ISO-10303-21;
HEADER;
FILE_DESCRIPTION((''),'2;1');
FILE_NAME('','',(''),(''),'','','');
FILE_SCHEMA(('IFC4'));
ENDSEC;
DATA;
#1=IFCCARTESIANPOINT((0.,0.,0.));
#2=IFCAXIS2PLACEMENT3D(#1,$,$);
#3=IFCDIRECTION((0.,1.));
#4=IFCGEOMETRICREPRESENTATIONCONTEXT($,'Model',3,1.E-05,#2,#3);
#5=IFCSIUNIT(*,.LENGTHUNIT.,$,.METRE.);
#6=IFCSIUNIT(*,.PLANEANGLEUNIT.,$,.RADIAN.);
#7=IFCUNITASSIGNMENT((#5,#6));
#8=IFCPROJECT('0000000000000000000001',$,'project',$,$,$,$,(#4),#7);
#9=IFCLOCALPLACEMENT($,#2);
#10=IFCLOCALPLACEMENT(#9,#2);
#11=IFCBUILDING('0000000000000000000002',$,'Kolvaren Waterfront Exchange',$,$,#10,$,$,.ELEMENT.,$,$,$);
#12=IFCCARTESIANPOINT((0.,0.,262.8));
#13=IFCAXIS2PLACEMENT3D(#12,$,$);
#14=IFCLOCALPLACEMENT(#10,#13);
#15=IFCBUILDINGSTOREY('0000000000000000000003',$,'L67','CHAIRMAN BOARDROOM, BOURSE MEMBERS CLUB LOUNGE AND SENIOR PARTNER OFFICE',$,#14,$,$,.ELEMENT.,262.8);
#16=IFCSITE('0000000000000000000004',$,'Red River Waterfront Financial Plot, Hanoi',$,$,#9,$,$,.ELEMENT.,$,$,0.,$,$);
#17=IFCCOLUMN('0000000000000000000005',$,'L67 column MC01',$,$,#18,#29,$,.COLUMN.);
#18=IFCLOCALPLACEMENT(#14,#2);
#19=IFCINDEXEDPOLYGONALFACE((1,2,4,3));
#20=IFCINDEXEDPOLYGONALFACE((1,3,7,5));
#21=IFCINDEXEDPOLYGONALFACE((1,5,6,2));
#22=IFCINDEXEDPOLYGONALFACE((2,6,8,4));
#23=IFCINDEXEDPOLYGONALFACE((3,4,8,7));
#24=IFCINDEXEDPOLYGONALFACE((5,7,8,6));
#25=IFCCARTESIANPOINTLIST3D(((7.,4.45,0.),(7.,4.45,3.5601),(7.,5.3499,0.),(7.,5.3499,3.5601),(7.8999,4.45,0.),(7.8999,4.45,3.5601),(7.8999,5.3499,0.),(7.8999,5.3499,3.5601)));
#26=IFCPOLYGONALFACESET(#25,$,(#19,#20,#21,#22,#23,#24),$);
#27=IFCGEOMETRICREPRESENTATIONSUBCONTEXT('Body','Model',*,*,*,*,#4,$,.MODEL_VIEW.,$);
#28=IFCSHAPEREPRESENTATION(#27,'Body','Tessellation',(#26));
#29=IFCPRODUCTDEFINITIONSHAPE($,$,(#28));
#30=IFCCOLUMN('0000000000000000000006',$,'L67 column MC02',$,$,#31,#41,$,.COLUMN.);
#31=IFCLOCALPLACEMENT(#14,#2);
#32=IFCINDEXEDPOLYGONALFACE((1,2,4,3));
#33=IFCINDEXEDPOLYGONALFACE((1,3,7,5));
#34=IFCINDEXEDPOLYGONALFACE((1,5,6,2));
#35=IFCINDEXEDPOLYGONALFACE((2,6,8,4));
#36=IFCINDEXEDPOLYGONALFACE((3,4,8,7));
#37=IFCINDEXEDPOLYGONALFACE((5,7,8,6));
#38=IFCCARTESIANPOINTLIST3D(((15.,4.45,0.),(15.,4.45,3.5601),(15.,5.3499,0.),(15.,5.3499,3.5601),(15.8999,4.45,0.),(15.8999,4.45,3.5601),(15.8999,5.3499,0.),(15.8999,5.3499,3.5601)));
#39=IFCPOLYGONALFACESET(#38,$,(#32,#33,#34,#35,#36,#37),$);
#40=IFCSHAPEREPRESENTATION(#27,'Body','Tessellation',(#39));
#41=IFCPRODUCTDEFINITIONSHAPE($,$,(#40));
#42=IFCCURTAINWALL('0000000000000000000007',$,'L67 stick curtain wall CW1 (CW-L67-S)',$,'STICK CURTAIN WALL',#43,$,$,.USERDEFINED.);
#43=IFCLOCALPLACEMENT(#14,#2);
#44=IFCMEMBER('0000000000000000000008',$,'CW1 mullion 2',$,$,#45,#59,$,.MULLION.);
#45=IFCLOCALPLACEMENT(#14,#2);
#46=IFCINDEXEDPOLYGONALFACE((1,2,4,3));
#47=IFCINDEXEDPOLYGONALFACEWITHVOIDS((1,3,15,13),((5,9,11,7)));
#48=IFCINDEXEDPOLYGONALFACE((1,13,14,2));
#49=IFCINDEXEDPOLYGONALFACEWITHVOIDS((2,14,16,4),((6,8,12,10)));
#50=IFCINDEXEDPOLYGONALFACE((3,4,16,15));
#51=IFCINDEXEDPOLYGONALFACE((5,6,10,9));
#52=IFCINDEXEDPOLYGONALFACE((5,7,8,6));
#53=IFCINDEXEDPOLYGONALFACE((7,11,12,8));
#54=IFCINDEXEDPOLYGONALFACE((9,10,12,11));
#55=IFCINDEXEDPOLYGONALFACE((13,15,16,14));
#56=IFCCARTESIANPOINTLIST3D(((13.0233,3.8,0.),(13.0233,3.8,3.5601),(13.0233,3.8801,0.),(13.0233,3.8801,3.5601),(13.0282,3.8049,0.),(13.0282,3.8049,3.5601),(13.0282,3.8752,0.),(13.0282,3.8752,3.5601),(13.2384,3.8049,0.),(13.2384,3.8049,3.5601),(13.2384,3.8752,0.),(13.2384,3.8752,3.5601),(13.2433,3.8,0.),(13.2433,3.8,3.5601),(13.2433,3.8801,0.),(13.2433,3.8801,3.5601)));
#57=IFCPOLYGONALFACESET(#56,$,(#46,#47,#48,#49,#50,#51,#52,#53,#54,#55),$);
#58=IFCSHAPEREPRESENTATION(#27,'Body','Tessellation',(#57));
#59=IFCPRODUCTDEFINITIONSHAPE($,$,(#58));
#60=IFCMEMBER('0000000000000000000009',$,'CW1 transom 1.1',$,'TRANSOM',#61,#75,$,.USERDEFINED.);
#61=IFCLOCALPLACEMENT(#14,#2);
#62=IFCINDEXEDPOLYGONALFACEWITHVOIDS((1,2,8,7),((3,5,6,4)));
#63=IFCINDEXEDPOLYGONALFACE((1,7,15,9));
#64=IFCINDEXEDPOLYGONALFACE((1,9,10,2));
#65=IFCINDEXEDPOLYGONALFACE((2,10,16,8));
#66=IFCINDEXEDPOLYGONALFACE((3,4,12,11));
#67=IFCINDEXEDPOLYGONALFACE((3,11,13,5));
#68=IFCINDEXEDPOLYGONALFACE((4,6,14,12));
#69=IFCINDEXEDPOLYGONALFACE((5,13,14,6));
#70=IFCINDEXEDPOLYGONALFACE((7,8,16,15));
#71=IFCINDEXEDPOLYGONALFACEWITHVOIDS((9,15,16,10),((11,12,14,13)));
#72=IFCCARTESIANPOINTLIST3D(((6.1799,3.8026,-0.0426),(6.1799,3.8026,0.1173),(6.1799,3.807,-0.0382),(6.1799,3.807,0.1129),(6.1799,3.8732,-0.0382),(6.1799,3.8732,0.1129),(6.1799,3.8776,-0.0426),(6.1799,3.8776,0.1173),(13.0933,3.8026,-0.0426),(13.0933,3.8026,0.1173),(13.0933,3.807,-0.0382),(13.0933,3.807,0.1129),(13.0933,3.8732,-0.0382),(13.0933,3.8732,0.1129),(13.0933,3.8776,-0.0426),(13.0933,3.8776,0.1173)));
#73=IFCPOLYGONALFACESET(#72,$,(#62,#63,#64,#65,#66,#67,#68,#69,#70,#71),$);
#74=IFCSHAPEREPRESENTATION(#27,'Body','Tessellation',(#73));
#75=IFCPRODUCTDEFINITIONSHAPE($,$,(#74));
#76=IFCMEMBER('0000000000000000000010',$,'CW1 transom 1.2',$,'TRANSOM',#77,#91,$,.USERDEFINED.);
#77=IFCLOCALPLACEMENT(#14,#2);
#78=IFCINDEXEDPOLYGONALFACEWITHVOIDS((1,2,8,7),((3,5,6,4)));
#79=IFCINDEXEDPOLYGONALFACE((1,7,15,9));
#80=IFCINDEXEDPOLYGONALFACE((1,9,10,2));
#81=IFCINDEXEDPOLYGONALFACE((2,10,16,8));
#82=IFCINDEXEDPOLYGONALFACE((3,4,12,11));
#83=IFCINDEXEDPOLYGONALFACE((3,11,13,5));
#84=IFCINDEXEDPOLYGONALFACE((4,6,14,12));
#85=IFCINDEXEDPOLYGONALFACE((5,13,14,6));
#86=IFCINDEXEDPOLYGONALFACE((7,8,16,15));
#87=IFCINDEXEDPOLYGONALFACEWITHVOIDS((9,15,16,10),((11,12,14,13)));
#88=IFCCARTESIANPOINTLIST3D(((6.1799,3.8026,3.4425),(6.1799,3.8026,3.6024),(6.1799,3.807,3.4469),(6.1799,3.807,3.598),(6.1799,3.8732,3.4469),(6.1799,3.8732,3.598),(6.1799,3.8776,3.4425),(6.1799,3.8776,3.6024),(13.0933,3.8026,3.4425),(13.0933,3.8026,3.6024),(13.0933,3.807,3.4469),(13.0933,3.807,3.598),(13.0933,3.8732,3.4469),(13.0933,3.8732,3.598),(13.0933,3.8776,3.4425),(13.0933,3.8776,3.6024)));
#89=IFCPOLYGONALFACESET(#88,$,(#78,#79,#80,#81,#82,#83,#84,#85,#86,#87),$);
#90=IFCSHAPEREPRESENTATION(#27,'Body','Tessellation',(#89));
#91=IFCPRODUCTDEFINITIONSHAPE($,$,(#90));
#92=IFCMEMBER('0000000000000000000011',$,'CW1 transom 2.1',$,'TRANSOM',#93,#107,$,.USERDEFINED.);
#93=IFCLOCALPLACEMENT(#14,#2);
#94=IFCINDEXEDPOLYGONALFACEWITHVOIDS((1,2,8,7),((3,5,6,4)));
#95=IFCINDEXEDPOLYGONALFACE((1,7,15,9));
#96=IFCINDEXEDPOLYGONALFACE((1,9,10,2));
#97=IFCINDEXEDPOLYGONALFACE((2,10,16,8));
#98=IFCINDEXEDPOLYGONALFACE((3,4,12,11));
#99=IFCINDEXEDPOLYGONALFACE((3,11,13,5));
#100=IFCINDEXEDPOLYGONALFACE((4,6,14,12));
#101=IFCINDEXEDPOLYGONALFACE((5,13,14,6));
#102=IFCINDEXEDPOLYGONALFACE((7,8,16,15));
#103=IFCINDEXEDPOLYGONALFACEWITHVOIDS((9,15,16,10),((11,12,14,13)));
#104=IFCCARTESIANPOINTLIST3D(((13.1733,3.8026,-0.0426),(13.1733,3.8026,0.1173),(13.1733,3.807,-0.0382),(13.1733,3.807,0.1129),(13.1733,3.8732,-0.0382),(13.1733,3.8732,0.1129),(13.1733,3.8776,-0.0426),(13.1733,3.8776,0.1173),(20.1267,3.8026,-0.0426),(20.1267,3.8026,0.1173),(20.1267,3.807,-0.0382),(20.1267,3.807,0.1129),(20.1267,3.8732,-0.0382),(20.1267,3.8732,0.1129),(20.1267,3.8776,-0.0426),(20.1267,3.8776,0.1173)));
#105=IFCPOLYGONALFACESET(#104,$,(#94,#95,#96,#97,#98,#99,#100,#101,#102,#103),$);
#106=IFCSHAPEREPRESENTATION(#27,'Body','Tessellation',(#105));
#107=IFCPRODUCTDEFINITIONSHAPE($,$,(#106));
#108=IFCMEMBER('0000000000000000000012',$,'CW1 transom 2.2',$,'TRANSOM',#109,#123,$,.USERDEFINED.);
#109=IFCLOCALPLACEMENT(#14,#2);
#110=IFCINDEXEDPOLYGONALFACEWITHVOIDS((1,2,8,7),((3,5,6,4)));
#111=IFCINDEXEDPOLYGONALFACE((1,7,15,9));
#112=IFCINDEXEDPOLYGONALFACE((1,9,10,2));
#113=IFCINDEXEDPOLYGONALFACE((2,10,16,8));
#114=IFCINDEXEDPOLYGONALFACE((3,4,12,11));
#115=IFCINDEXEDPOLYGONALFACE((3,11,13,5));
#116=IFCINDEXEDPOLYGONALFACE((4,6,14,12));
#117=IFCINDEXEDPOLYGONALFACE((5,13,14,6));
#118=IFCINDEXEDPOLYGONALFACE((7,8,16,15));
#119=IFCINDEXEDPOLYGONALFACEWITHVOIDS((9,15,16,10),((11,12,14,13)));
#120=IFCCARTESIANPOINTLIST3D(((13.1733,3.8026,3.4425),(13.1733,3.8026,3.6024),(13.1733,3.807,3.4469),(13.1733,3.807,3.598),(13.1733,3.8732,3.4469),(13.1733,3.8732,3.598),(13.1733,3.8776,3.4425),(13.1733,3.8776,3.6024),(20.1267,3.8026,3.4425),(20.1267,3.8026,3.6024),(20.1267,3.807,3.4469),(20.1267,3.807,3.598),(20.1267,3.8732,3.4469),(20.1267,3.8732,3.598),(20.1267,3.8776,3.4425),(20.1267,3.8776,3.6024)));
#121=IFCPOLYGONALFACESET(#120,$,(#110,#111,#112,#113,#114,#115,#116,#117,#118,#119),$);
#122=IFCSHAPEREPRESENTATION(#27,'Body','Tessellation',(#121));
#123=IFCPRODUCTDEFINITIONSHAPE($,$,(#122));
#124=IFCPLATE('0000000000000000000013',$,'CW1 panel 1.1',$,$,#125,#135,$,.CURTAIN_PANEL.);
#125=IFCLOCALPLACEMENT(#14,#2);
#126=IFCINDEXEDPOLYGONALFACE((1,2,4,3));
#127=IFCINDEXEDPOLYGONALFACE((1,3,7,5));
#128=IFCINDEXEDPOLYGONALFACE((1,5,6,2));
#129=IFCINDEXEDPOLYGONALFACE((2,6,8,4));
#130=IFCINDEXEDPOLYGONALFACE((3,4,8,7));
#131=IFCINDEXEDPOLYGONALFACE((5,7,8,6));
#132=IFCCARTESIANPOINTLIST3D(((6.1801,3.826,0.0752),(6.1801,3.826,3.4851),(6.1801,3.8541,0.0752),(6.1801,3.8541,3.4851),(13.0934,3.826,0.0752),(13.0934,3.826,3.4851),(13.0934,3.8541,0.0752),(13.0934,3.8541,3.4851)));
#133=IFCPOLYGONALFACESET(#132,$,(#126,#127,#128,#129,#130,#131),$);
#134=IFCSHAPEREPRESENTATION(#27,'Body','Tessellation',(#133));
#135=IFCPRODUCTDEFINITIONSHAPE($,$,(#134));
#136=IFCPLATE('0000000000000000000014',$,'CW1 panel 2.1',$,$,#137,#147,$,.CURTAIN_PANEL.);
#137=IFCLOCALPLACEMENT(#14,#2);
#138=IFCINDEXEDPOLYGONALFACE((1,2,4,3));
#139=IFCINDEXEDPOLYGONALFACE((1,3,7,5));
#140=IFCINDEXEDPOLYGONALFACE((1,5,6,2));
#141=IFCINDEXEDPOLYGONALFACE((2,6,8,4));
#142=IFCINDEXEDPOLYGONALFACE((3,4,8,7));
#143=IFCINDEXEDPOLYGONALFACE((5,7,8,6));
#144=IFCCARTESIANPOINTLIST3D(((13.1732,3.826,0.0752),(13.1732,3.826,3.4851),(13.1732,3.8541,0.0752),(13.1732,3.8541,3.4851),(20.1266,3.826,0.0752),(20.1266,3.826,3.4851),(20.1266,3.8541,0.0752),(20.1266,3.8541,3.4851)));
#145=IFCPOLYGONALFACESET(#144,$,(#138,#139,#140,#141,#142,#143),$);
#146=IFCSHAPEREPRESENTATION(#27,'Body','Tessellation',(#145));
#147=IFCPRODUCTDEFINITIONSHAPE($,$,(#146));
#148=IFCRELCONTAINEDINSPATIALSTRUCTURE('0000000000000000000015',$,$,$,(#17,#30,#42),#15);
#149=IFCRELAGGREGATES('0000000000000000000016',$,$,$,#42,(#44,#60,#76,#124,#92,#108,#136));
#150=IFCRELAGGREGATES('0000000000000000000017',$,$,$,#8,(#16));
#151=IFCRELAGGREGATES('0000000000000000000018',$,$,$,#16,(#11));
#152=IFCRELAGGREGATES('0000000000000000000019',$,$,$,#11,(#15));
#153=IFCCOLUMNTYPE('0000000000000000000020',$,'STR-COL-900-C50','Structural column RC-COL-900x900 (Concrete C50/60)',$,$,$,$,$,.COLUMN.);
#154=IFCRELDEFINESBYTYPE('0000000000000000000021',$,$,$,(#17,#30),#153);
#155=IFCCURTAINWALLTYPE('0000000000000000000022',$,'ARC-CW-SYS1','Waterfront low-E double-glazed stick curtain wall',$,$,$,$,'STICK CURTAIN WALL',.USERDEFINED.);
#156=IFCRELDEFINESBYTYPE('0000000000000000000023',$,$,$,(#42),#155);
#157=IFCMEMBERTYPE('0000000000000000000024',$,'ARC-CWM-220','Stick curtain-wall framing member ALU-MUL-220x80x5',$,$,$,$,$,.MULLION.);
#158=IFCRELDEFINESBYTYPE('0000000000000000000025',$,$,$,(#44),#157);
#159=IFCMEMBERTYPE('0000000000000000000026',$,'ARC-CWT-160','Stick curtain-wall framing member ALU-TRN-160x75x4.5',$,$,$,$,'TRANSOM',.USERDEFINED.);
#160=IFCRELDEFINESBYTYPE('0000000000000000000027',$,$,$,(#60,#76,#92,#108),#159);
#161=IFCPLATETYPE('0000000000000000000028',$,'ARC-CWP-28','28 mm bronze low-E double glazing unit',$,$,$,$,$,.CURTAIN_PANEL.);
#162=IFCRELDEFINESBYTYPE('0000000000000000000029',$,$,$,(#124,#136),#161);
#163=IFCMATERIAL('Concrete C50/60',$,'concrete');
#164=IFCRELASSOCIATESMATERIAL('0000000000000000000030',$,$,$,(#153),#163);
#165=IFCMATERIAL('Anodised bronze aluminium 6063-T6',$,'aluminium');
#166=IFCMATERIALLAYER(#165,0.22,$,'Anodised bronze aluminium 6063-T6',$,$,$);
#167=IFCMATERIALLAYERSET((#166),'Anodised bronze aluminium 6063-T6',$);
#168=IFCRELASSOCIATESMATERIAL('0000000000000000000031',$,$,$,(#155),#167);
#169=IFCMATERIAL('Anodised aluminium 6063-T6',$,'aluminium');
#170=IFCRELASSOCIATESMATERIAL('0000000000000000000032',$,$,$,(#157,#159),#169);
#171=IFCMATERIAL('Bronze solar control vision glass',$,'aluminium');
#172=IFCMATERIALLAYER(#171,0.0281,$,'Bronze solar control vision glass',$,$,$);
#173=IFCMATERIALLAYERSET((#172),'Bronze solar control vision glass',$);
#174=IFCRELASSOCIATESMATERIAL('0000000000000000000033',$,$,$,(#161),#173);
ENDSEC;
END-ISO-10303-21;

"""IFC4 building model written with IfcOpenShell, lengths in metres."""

from ifc_helpers import new_model, si_unit, direction, frame, origin, origin_with_axes, origin_2d, place, context, subcontext, project, spatial, rectangle, hollow_rectangle, extrude, source, transform, mapped, material, layer, layer_set, material_profile, profile_set, type_object, element, aggregate, save


model = new_model("IFC4")

# Units and contexts
model_context = context("Model", 3, precision=1e-05, world=origin(), true_north=direction((0.0, 1.0)))
body_context = subcontext(model_context, "Body", "Model", "MODEL_VIEW")
ifc_project = project(units=[si_unit("LENGTHUNIT", "METRE"), si_unit("PLANEANGLEUNIT", "RADIAN")], contexts=[model_context])

# Site, building, storey
site_placement = place(None, origin())
site = spatial("IfcSite", under=ifc_project, at=site_placement, Name="Red River Waterfront Financial Plot, Hanoi", CompositionType="ELEMENT", RefElevation=0.0)
building_placement = place(site_placement, origin())
building = spatial("IfcBuilding", under=site, at=building_placement, Name="Kolvaren Waterfront Exchange", CompositionType="ELEMENT")
storey_placement = place(building_placement, frame((0.0, 0.0, 262.8)))
storey = spatial("IfcBuildingStorey", under=building, at=storey_placement, Name="L67", Description="CHAIRMAN BOARDROOM, BOURSE MEMBERS CLUB LOUNGE AND SENIOR PARTNER OFFICE", CompositionType="ELEMENT", Elevation=262.8)

# Columns
ifc_material_1 = material(Name="Concrete C50/60", Category="concrete")
ifc_material_profile_1 = material_profile(ifc_material_1, rectangle(XDim=0.8999, YDim=0.8999, at=origin_2d()), Name="RC-COL-900x900")
ifc_profile_set_1 = profile_set([ifc_material_profile_1], Name="Concrete C50/60")
column_type = type_object("IfcColumnType", Name="STR-COL-900-C50", Description="Structural column RC-COL-900x900 (Concrete C50/60)", PredefinedType="COLUMN", material=ifc_profile_set_1)
for number, where, z_axis, x_axis, name in (
    (1, (7.45, 4.8999, 0.0), (0.0, 0.0, 1.0), (1.0, 0.0, 0.0), "L67 column MC01"),
    (2, (15.45, 4.8999, 0.0), (0.0, 0.0, 1.0), (1.0, 0.0, 0.0), "L67 column MC02"),
):
    element("IfcColumn", number, at=place(storey_placement, frame(where, z_axis=z_axis, x_axis=x_axis)), inside=storey, type_object=column_type, Name=name, PredefinedType="COLUMN", context=body_context, shape_type="SweptSolid", body=[
        extrude(rectangle(XDim=0.8999, YDim=0.8999, at=origin_2d()), origin(), (0.0, 0.0, 1.0), 3.5601),
    ])

# Curtain wall, members, plates
ifc_material_2 = material(Name="Anodised bronze aluminium 6063-T6", Category="aluminium")
ifc_layer_1 = layer(ifc_material_2, 0.22, Name="Anodised bronze aluminium 6063-T6")
ifc_layer_set_1 = layer_set([ifc_layer_1], Name="Anodised bronze aluminium 6063-T6")
curtain_wall_type = type_object("IfcCurtainWallType", Name="ARC-CW-SYS1", Description="Waterfront low-E double-glazed stick curtain wall", ElementType="STICK CURTAIN WALL", PredefinedType="USERDEFINED", material=ifc_layer_set_1)
curtain_wall_placement = place(storey_placement, origin())
curtain_wall = element("IfcCurtainWall", 3, at=curtain_wall_placement, inside=storey, type_object=curtain_wall_type, Name="L67 stick curtain wall CW1 (CW-L67-S)", ObjectType="STICK CURTAIN WALL", PredefinedType="USERDEFINED")
ifc_material_3 = material(Name="Anodised aluminium 6063-T6", Category="aluminium")
ifc_material_profile_2 = material_profile(ifc_material_3, hollow_rectangle(XDim=0.0801, YDim=0.22, WallThickness=0.0049, at=origin_2d()), Name="ALU-MUL-220x80x5")
ifc_profile_set_2 = profile_set([ifc_material_profile_2], Name="Anodised aluminium 6063-T6")
member_type_1 = type_object("IfcMemberType", Name="ARC-CWM-220", Description="Stick curtain-wall framing member ALU-MUL-220x80x5", PredefinedType="MULLION", material=ifc_profile_set_2)
shared_shape_1 = source(origin_with_axes(), body_context, "Body", "SweptSolid", [
    extrude(hollow_rectangle(XDim=0.0801, YDim=0.22, WallThickness=0.0049, at=origin_2d()), origin(), (0.0, 0.0, 1.0), 3.5601),
])
member_1_placement = place(storey_placement, frame((13.1333, 3.8401, 0.0), z_axis=(0.0, 0.0, 1.0), x_axis=(0.0, 1.0, 0.0)))
member_1 = element("IfcMember", 4, at=member_1_placement, type_object=member_type_1, Name="CW1 mullion 2", PredefinedType="MULLION", context=body_context, shape_type="MappedRepresentation", body=[
    mapped(shared_shape_1, transform((0.0, 0.0, 0.0), x_axis=(1.0, 0.0, 0.0), y_axis=(0.0, 1.0, 0.0), z_axis=(0.0, 0.0, 1.0), scale=1.0)),
])
ifc_material_profile_3 = material_profile(ifc_material_3, hollow_rectangle(XDim=0.075, YDim=0.1599, WallThickness=0.0044, at=origin_2d()), Name="ALU-TRN-160x75x4.5")
ifc_profile_set_3 = profile_set([ifc_material_profile_3], Name="Anodised aluminium 6063-T6")
member_type_2 = type_object("IfcMemberType", Name="ARC-CWT-160", Description="Stick curtain-wall framing member ALU-TRN-160x75x4.5", ElementType="TRANSOM", PredefinedType="USERDEFINED", material=ifc_profile_set_3)
shared_shape_2 = source(origin_with_axes(), body_context, "Body", "SweptSolid", [
    extrude(hollow_rectangle(XDim=0.075, YDim=0.1599, WallThickness=0.0044, at=origin_2d()), origin(), (0.0, 0.0, 1.0), 6.9133),
])
member_2_placement = place(storey_placement, frame((6.1799, 3.8401, 0.0374), z_axis=(1.0, 0.0, 0.0), x_axis=(0.0, 1.0, 0.0)))
member_2 = element("IfcMember", 5, at=member_2_placement, type_object=member_type_2, Name="CW1 transom 1.1", ObjectType="TRANSOM", PredefinedType="USERDEFINED", context=body_context, shape_type="MappedRepresentation", body=[
    mapped(shared_shape_2, transform((0.0, 0.0, 0.0), x_axis=(1.0, 0.0, 0.0), y_axis=(0.0, 1.0, 0.0), z_axis=(0.0, 0.0, 1.0), scale=1.0)),
])
member_3_placement = place(storey_placement, frame((6.1799, 3.8401, 3.5225), z_axis=(1.0, 0.0, 0.0), x_axis=(0.0, 1.0, 0.0)))
member_3 = element("IfcMember", 6, at=member_3_placement, type_object=member_type_2, Name="CW1 transom 1.2", ObjectType="TRANSOM", PredefinedType="USERDEFINED", context=body_context, shape_type="MappedRepresentation", body=[
    mapped(shared_shape_2, transform((0.0, 0.0, 0.0), x_axis=(1.0, 0.0, 0.0), y_axis=(0.0, 1.0, 0.0), z_axis=(0.0, 0.0, 1.0), scale=1.0)),
])
shared_shape_3 = source(origin_with_axes(), body_context, "Body", "SweptSolid", [
    extrude(hollow_rectangle(XDim=0.075, YDim=0.1599, WallThickness=0.0044, at=origin_2d()), origin(), (0.0, 0.0, 1.0), 6.9534),
])
member_4_placement = place(storey_placement, frame((13.1733, 3.8401, 0.0374), z_axis=(1.0, 0.0, 0.0), x_axis=(0.0, 1.0, 0.0)))
member_4 = element("IfcMember", 7, at=member_4_placement, type_object=member_type_2, Name="CW1 transom 2.1", ObjectType="TRANSOM", PredefinedType="USERDEFINED", context=body_context, shape_type="MappedRepresentation", body=[
    mapped(shared_shape_3, transform((0.0, 0.0, 0.0), x_axis=(1.0, 0.0, 0.0), y_axis=(0.0, 1.0, 0.0), z_axis=(0.0, 0.0, 1.0), scale=1.0)),
])
member_5_placement = place(storey_placement, frame((13.1733, 3.8401, 3.5225), z_axis=(1.0, 0.0, 0.0), x_axis=(0.0, 1.0, 0.0)))
member_5 = element("IfcMember", 8, at=member_5_placement, type_object=member_type_2, Name="CW1 transom 2.2", ObjectType="TRANSOM", PredefinedType="USERDEFINED", context=body_context, shape_type="MappedRepresentation", body=[
    mapped(shared_shape_3, transform((0.0, 0.0, 0.0), x_axis=(1.0, 0.0, 0.0), y_axis=(0.0, 1.0, 0.0), z_axis=(0.0, 0.0, 1.0), scale=1.0)),
])
ifc_material_4 = material(Name="Bronze solar control vision glass", Category="aluminium")
ifc_layer_2 = layer(ifc_material_4, 0.0281, Name="Bronze solar control vision glass")
ifc_layer_set_2 = layer_set([ifc_layer_2], Name="Bronze solar control vision glass")
plate_type = type_object("IfcPlateType", Name="ARC-CWP-28", Description="28 mm bronze low-E double glazing unit", PredefinedType="CURTAIN_PANEL", material=ifc_layer_set_2)
shared_shape_4 = source(origin_with_axes(), body_context, "Body", "SweptSolid", [
    extrude(rectangle(XDim=6.9133, YDim=0.0281, at=origin_2d()), origin(), (0.0, 0.0, 1.0), 3.4099),
])
plate_1_placement = place(storey_placement, frame((9.6367, 3.8401, 0.0752), z_axis=(0.0, 0.0, 1.0), x_axis=(1.0, 0.0, 0.0)))
plate_1 = element("IfcPlate", 9, at=plate_1_placement, type_object=plate_type, Name="CW1 panel 1.1", PredefinedType="CURTAIN_PANEL", context=body_context, shape_type="MappedRepresentation", body=[
    mapped(shared_shape_4, transform((0.0, 0.0, 0.0), x_axis=(1.0, 0.0, 0.0), y_axis=(0.0, 1.0, 0.0), z_axis=(0.0, 0.0, 1.0), scale=1.0)),
])
shared_shape_5 = source(origin_with_axes(), body_context, "Body", "SweptSolid", [
    extrude(rectangle(XDim=6.9534, YDim=0.0281, at=origin_2d()), origin(), (0.0, 0.0, 1.0), 3.4099),
])
plate_2_placement = place(storey_placement, frame((16.6499, 3.8401, 0.0752), z_axis=(0.0, 0.0, 1.0), x_axis=(1.0, 0.0, 0.0)))
plate_2 = element("IfcPlate", 10, at=plate_2_placement, type_object=plate_type, Name="CW1 panel 2.1", PredefinedType="CURTAIN_PANEL", context=body_context, shape_type="MappedRepresentation", body=[
    mapped(shared_shape_5, transform((0.0, 0.0, 0.0), x_axis=(1.0, 0.0, 0.0), y_axis=(0.0, 1.0, 0.0), z_axis=(0.0, 0.0, 1.0), scale=1.0)),
])
aggregate(curtain_wall, [member_1, member_2, member_3, plate_1, member_4, member_5, plate_2])

save(model, "model.ifc")
